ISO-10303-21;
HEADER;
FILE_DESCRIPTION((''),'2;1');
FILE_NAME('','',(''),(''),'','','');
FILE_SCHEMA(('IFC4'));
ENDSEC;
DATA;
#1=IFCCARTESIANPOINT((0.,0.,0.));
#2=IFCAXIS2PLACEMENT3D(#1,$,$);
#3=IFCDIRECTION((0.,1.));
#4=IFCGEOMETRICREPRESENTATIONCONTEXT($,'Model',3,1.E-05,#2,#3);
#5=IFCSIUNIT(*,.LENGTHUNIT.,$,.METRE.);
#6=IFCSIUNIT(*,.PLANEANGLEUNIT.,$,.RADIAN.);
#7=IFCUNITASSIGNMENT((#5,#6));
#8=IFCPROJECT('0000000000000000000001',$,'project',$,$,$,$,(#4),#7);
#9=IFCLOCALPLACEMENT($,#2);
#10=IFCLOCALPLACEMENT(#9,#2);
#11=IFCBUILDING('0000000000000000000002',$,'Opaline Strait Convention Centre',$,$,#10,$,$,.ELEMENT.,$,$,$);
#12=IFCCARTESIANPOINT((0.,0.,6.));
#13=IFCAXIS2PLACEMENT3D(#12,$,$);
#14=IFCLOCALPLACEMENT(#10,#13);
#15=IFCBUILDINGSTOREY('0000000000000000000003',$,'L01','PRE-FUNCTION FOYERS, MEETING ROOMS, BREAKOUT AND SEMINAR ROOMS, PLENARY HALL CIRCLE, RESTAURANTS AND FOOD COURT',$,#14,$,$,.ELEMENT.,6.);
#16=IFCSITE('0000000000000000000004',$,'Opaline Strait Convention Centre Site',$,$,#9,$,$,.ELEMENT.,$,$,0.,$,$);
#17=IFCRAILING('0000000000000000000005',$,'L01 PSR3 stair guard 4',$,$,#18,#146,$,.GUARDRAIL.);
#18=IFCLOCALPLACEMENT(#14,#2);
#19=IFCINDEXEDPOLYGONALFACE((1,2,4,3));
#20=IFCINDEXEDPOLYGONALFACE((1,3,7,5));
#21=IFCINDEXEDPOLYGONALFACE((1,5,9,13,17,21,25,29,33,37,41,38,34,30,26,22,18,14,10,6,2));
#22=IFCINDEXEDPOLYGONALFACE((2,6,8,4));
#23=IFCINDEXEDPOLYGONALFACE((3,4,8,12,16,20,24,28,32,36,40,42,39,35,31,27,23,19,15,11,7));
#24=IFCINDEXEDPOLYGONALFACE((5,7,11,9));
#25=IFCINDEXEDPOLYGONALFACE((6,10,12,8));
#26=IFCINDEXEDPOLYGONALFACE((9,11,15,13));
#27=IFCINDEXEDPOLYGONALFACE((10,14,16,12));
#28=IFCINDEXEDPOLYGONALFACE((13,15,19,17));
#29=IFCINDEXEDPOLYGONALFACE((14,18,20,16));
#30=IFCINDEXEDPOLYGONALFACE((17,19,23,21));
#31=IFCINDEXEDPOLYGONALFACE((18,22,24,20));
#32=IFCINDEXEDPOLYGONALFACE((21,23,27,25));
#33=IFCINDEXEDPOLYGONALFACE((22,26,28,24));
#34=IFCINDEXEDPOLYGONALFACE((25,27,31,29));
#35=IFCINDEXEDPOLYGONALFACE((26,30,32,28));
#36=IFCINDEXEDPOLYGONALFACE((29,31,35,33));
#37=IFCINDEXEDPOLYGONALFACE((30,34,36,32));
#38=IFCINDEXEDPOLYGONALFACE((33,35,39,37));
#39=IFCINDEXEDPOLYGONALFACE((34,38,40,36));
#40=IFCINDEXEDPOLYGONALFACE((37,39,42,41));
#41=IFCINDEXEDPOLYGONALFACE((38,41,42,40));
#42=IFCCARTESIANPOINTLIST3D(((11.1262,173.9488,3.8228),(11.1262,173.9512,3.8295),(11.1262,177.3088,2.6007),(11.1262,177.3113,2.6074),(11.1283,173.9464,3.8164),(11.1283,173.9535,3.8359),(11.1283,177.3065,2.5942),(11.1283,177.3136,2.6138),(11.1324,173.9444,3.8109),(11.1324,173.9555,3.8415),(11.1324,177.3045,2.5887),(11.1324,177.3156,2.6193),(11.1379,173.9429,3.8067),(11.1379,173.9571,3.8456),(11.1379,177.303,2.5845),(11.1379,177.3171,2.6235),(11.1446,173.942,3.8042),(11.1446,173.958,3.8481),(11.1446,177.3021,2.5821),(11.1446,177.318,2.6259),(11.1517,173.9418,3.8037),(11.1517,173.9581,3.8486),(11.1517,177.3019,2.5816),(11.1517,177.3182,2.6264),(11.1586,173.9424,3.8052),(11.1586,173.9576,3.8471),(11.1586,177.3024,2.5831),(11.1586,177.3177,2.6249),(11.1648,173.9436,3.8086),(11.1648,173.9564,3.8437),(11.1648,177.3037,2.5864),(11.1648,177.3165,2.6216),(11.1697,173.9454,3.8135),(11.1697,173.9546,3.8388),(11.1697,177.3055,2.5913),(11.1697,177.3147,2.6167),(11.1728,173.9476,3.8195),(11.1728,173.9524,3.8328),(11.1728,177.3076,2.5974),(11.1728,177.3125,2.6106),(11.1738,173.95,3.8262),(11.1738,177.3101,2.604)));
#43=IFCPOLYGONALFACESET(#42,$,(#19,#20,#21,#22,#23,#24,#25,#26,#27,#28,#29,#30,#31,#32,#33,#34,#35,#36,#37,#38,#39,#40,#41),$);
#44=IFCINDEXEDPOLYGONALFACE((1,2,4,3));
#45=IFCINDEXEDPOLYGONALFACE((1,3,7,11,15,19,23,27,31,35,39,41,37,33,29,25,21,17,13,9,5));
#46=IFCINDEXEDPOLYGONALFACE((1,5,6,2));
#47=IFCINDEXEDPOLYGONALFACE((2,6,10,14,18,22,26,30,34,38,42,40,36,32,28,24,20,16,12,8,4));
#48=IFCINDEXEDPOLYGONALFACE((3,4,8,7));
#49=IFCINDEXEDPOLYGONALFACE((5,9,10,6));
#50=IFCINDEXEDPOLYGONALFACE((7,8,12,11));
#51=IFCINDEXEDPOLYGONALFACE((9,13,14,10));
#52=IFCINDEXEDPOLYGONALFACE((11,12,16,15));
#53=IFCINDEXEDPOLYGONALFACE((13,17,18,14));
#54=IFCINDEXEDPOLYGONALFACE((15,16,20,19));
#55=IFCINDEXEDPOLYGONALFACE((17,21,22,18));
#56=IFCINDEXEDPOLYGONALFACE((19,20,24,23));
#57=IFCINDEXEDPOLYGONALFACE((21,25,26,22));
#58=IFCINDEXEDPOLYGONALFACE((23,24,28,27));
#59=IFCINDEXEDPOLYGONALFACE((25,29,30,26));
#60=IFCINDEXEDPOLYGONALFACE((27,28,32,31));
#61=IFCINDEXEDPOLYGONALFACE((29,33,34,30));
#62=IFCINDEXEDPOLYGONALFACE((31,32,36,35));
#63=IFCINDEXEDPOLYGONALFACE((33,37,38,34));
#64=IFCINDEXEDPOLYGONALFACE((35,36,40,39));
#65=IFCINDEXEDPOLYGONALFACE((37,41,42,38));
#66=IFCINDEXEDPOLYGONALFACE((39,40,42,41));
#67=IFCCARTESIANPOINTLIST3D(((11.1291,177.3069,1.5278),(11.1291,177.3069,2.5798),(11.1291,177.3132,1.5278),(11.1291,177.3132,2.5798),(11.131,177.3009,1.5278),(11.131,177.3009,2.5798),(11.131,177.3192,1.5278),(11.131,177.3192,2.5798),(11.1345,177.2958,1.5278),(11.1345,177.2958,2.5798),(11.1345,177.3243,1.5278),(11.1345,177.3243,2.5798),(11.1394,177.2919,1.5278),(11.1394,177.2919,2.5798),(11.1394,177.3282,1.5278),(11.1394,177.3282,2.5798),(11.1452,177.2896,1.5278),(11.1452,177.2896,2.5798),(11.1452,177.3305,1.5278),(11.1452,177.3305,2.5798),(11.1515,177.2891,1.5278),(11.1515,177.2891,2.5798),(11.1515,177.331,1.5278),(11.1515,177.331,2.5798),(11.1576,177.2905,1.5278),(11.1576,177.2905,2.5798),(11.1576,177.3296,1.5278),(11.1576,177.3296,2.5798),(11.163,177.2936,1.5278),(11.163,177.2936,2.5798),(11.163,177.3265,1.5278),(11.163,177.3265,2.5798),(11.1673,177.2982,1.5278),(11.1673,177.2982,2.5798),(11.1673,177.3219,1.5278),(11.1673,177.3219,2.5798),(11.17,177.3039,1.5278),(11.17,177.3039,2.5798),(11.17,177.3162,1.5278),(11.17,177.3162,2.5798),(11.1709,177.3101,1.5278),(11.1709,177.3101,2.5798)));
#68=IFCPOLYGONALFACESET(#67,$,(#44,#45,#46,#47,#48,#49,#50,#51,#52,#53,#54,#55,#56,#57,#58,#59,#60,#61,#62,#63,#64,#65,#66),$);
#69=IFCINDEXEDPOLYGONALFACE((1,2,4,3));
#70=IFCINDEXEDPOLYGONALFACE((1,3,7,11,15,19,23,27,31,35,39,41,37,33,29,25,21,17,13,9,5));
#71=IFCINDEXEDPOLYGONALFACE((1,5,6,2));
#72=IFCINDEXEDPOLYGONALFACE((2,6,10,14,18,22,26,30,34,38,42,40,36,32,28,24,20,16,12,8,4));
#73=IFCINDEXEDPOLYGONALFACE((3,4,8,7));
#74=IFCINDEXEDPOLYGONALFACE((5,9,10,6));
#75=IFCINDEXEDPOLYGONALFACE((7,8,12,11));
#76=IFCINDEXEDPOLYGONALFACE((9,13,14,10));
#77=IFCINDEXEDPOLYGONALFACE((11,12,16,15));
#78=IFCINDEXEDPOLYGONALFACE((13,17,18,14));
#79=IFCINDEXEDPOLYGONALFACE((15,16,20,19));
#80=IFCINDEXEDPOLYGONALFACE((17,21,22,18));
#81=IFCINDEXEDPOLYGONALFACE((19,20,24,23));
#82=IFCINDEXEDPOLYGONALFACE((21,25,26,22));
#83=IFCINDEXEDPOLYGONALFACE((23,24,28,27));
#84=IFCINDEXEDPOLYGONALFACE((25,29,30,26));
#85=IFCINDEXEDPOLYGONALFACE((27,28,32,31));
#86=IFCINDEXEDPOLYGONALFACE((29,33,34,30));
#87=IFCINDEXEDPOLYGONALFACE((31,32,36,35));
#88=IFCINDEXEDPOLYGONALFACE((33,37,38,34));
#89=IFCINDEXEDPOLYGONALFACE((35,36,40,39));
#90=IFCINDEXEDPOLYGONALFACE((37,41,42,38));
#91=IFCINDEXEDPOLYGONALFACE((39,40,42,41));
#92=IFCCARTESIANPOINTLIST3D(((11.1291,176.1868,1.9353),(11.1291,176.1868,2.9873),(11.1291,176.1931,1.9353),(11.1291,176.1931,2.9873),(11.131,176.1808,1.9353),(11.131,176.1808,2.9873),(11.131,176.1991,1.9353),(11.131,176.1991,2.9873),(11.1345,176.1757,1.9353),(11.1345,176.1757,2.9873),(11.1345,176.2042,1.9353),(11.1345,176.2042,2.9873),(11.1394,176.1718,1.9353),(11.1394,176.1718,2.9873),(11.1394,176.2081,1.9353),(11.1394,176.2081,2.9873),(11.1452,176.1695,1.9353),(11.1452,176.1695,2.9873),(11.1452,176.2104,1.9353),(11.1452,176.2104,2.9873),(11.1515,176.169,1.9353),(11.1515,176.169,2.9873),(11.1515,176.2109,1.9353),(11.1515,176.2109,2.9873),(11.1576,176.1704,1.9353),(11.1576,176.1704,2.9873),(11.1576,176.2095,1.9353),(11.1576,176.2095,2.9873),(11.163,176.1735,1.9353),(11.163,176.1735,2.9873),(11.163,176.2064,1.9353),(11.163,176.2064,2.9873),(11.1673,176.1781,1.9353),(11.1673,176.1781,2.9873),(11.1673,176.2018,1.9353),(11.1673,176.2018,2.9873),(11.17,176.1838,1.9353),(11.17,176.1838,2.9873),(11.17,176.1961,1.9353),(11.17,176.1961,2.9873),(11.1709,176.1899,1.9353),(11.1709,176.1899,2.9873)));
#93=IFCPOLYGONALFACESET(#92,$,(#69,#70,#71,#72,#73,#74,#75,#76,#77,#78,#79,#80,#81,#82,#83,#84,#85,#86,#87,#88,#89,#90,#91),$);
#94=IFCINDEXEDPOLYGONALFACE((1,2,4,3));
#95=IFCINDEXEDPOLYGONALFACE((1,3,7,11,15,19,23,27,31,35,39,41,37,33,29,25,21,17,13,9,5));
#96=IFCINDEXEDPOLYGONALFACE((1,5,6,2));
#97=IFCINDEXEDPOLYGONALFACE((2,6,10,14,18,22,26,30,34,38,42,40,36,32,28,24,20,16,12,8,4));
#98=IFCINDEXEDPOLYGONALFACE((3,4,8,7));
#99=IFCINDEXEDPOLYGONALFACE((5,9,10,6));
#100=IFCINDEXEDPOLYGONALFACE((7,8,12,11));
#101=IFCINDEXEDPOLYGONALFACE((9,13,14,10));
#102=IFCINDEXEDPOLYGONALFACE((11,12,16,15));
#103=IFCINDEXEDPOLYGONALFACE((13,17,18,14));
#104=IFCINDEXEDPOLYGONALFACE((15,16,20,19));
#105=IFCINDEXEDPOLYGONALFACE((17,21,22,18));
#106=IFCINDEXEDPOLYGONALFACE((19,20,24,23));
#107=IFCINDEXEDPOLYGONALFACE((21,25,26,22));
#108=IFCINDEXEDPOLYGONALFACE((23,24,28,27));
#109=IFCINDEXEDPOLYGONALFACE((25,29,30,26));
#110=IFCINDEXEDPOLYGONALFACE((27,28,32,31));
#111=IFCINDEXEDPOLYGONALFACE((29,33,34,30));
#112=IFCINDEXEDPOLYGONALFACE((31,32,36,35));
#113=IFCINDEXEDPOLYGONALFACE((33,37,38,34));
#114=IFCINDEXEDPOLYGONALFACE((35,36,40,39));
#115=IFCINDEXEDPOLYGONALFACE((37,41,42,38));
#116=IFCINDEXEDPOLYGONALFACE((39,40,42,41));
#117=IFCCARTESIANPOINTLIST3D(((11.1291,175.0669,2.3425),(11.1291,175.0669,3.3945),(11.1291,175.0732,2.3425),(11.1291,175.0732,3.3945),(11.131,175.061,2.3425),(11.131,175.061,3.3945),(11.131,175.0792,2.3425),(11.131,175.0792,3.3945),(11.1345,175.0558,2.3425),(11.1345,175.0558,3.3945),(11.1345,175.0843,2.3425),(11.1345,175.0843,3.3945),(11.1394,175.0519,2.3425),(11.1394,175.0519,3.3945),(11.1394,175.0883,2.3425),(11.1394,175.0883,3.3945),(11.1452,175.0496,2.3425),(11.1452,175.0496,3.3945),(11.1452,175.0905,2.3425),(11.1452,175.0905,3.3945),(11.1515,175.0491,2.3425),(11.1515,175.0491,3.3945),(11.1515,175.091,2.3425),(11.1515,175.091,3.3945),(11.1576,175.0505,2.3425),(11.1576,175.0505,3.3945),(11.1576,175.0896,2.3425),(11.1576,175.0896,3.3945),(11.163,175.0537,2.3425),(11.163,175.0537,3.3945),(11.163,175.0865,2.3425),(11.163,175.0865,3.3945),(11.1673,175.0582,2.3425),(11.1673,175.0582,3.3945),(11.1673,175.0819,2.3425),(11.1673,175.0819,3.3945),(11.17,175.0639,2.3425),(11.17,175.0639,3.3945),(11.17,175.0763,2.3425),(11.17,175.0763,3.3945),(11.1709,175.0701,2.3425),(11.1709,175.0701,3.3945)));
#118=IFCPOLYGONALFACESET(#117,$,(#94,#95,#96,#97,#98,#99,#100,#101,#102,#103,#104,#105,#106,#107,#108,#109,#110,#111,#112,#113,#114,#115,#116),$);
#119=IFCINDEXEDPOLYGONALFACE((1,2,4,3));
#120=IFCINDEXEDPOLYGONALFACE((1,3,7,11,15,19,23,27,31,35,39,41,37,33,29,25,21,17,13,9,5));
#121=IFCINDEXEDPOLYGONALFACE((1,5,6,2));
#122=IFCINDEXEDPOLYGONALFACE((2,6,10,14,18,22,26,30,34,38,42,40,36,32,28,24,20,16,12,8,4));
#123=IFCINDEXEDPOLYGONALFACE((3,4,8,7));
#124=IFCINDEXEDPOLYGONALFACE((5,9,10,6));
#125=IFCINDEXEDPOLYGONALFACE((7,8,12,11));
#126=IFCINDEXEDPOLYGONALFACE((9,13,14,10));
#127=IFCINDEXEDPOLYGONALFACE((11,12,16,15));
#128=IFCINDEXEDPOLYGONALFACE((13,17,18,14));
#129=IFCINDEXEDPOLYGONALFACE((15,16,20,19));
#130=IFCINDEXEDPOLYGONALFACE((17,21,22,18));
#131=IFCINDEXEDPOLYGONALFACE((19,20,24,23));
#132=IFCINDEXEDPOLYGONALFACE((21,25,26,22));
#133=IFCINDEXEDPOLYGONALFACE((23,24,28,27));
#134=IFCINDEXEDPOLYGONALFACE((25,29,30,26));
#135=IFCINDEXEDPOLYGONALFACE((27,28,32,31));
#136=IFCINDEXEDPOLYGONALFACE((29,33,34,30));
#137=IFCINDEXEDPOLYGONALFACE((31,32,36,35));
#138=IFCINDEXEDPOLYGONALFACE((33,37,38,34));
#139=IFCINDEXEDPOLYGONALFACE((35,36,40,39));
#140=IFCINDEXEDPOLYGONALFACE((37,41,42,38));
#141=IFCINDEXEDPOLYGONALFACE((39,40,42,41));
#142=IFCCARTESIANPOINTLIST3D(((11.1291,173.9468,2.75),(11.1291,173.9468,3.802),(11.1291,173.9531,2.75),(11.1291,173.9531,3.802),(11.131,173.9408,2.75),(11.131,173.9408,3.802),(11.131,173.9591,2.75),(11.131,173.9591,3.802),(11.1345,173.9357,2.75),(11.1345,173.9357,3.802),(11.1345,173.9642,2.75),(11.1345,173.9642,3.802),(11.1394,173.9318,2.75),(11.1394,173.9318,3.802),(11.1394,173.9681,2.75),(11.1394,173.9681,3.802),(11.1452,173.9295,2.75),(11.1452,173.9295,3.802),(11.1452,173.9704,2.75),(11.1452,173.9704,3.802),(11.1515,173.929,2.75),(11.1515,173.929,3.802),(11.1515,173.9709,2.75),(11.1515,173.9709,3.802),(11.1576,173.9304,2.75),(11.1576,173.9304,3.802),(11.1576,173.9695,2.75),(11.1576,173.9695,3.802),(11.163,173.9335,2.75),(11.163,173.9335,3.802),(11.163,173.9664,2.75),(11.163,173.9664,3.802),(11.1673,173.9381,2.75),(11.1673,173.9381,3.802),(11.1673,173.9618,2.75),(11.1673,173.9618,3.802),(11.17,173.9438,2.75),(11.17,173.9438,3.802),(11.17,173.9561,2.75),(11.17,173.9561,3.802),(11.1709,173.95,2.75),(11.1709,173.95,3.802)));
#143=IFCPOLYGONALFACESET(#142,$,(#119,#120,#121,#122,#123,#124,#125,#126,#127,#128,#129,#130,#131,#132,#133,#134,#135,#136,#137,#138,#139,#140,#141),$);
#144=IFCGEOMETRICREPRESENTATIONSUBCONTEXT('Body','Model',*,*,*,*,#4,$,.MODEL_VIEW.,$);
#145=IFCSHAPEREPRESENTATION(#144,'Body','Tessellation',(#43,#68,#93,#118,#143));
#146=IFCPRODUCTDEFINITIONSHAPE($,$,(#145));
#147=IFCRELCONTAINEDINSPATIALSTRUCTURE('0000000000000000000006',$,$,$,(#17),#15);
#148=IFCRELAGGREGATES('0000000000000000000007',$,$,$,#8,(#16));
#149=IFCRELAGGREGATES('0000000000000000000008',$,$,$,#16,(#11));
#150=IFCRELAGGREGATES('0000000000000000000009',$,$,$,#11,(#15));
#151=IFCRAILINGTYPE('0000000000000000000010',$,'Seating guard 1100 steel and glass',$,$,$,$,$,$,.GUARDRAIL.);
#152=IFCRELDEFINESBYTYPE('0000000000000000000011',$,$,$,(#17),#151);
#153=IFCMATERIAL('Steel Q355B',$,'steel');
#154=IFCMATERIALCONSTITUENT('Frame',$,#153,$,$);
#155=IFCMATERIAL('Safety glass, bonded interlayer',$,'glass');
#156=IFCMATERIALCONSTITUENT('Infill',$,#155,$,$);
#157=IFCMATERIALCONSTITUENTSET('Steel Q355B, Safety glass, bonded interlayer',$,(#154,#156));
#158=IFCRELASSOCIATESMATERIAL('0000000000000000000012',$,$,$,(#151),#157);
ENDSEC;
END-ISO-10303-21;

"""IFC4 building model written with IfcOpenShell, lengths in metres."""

from ifc_helpers import new_model, si_unit, direction, frame, origin, origin_2d, place, context, subcontext, project, spatial, circle, extrude, material, constituent, constituent_set, type_object, element, save


model = new_model("IFC4")

# Units and contexts
model_context = context("Model", 3, precision=1e-05, world=origin(), true_north=direction((0.0, 1.0)))
body_context = subcontext(model_context, "Body", "Model", "MODEL_VIEW")
ifc_project = project(units=[si_unit("LENGTHUNIT", "METRE"), si_unit("PLANEANGLEUNIT", "RADIAN")], contexts=[model_context])

# Site, building, storey
site_placement = place(None, origin())
site = spatial("IfcSite", under=ifc_project, at=site_placement, Name="Opaline Strait Convention Centre Site", CompositionType="ELEMENT", RefElevation=0.0)
building_placement = place(site_placement, origin())
building = spatial("IfcBuilding", under=site, at=building_placement, Name="Opaline Strait Convention Centre", CompositionType="ELEMENT")
storey_placement = place(building_placement, frame((0.0, 0.0, 6.0)))
storey = spatial("IfcBuildingStorey", under=building, at=storey_placement, Name="L01", Description="PRE-FUNCTION FOYERS, MEETING ROOMS, BREAKOUT AND SEMINAR ROOMS, PLENARY HALL CIRCLE, RESTAURANTS AND FOOD COURT", CompositionType="ELEMENT", Elevation=6.0)

# Railing
ifc_material_1 = material(Name="Steel Q355B", Category="steel")
ifc_constituent_1 = constituent(ifc_material_1, Name="Frame")
ifc_material_2 = material(Name="Safety glass, bonded interlayer", Category="glass")
ifc_constituent_2 = constituent(ifc_material_2, Name="Infill")
ifc_constituent_set = constituent_set(constituents=[ifc_constituent_1, ifc_constituent_2], Name="Steel Q355B, Safety glass, bonded interlayer")
railing_type_1 = type_object("IfcRailingType", Name="Seating guard 1100 steel and glass", PredefinedType="GUARDRAIL", material=ifc_constituent_set)
for number, where, name in (
    (1, (11.1499, 177.3101, 1.5278), "L01 PSR3 stair guard 4"),
):
    element("IfcRailing", number, at=place(storey_placement, frame(where)), inside=storey, type_object=railing_type_1, Name=name, PredefinedType="GUARDRAIL", context=body_context, shape_type="SweptSolid", body=[
        extrude(circle(Radius=0.0239, at=origin_2d()), frame((0.0, 0.0, 1.0762), z_axis=(0.0, -0.939766, 0.34182), x_axis=(1.0, 0.0, 0.0)), (0.0, 0.0, 1.0), 3.5754),
        extrude(circle(Radius=0.021, at=origin_2d()), origin(), (0.0, 0.0, 1.0), 1.052),
        extrude(circle(Radius=0.021, at=origin_2d()), frame((0.0, -1.1201, 0.4075)), (0.0, 0.0, 1.0), 1.052),
        extrude(circle(Radius=0.021, at=origin_2d()), frame((0.0, -2.24, 0.8147)), (0.0, 0.0, 1.0), 1.052),
        extrude(circle(Radius=0.021, at=origin_2d()), frame((0.0, -3.3601, 1.2222)), (0.0, 0.0, 1.0), 1.052),
    ])

save(model, "model.ifc")
